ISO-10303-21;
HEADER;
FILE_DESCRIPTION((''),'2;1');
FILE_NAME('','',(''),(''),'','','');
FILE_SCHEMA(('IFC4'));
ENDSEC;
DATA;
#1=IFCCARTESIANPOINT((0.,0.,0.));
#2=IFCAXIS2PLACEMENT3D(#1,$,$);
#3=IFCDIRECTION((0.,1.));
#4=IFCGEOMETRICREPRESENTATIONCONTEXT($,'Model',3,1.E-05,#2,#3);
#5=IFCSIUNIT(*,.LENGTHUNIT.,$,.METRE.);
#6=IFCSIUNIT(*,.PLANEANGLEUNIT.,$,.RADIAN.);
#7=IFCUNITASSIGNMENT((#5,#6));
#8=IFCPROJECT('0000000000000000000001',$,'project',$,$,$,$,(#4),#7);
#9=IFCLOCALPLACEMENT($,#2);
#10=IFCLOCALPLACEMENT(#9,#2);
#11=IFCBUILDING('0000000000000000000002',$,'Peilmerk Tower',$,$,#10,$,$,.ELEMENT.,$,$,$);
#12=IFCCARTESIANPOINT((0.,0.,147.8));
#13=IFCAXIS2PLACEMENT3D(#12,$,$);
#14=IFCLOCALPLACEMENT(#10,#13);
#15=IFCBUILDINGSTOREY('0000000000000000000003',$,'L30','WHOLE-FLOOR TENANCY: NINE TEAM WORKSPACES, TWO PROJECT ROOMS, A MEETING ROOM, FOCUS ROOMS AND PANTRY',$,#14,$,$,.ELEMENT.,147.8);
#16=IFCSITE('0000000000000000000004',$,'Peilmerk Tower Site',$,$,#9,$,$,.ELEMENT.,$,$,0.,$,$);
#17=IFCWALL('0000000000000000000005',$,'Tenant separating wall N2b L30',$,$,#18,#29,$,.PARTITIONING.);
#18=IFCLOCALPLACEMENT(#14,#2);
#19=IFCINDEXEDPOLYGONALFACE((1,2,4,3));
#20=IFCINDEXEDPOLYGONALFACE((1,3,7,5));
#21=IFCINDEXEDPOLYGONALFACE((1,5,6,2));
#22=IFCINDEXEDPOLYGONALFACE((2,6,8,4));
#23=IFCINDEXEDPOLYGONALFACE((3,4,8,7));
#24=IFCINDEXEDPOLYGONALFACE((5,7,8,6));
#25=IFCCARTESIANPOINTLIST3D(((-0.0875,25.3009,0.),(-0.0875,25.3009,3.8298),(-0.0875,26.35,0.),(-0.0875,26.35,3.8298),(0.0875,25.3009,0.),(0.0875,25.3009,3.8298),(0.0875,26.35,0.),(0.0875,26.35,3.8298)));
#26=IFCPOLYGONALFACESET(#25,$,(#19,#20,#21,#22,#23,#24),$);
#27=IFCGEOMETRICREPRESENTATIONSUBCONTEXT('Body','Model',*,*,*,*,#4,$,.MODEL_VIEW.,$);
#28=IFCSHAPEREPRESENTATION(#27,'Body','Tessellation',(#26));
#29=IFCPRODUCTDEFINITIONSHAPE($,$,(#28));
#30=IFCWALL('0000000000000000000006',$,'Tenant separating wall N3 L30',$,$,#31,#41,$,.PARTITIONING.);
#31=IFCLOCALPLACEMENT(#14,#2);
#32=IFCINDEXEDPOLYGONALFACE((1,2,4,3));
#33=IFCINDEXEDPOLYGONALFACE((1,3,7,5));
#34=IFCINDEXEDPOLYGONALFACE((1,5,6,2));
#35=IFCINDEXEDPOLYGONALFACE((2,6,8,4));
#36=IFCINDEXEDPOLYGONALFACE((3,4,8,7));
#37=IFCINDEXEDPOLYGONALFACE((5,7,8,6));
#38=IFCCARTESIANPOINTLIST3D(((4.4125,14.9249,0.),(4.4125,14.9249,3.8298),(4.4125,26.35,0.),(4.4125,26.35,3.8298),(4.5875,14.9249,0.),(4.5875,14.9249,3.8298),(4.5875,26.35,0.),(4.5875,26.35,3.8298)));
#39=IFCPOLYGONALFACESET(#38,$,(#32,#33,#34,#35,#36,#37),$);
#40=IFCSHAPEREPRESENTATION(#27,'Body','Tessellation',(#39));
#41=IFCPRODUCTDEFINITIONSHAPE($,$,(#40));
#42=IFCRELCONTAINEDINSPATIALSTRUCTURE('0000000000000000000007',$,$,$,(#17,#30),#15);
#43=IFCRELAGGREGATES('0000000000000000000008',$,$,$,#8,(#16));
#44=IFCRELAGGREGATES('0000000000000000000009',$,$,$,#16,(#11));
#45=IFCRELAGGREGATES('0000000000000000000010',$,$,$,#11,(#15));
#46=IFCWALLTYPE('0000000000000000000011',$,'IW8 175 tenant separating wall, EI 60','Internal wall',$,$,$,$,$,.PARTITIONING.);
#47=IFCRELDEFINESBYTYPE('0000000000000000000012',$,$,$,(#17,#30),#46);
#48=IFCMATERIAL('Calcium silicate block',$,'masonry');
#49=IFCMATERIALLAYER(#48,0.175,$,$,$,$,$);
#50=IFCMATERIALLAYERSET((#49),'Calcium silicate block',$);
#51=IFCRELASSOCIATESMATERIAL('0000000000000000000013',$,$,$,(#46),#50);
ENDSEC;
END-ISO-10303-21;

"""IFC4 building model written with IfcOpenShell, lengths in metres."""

from ifc_helpers import new_model, si_unit, direction, frame, frame_2d, origin, place, context, subcontext, project, spatial, rectangle, extrude, material, layer, layer_set, type_object, element, save


model = new_model("IFC4")

# Units and contexts
model_context = context("Model", 3, precision=1e-05, world=origin(), true_north=direction((0.0, 1.0)))
body_context = subcontext(model_context, "Body", "Model", "MODEL_VIEW")
ifc_project = project(units=[si_unit("LENGTHUNIT", "METRE"), si_unit("PLANEANGLEUNIT", "RADIAN")], contexts=[model_context])

# Site, building, storey
site_placement = place(None, origin())
site = spatial("IfcSite", under=ifc_project, at=site_placement, Name="Peilmerk Tower Site", CompositionType="ELEMENT", RefElevation=0.0)
building_placement = place(site_placement, origin())
building = spatial("IfcBuilding", under=site, at=building_placement, Name="Peilmerk Tower", CompositionType="ELEMENT")
storey_placement = place(building_placement, frame((0.0, 0.0, 147.8)))
storey = spatial("IfcBuildingStorey", under=building, at=storey_placement, Name="L30", Description="WHOLE-FLOOR TENANCY: NINE TEAM WORKSPACES, TWO PROJECT ROOMS, A MEETING ROOM, FOCUS ROOMS AND PANTRY", CompositionType="ELEMENT", Elevation=147.8)

# Walls
ifc_material_1 = material(Name="Calcium silicate block", Category="masonry")
ifc_layer_1 = layer(ifc_material_1, 0.175)
ifc_layer_set_1 = layer_set([ifc_layer_1], Name="Calcium silicate block")
wall_type = type_object("IfcWallType", Name="IW8 175 tenant separating wall, EI 60", Description="Internal wall", PredefinedType="PARTITIONING", material=ifc_layer_set_1)
wall_1_placement = place(storey_placement, frame((0.0, 25.301, 0.0), z_axis=(0.0, 0.0, 1.0), x_axis=(0.0, 1.0, 0.0)))
element("IfcWall", 1, at=wall_1_placement, inside=storey, type_object=wall_type, Name="Tenant separating wall N2b L30", PredefinedType="PARTITIONING", context=body_context, shape_type="SweptSolid", body=[
    extrude(rectangle(XDim=1.0491, YDim=0.175, at=frame_2d((0.5244, 0.0))), origin(), (0.0, 0.0, 1.0), 3.8298),
])
wall_2_placement = place(storey_placement, frame((4.5, 14.925, 0.0), z_axis=(0.0, 0.0, 1.0), x_axis=(0.0, 1.0, 0.0)))
element("IfcWall", 2, at=wall_2_placement, inside=storey, type_object=wall_type, Name="Tenant separating wall N3 L30", PredefinedType="PARTITIONING", context=body_context, shape_type="SweptSolid", body=[
    extrude(rectangle(XDim=11.425, YDim=0.175, at=frame_2d((5.7124, 0.0))), origin(), (0.0, 0.0, 1.0), 3.8298),
])

save(model, "model.ifc")
